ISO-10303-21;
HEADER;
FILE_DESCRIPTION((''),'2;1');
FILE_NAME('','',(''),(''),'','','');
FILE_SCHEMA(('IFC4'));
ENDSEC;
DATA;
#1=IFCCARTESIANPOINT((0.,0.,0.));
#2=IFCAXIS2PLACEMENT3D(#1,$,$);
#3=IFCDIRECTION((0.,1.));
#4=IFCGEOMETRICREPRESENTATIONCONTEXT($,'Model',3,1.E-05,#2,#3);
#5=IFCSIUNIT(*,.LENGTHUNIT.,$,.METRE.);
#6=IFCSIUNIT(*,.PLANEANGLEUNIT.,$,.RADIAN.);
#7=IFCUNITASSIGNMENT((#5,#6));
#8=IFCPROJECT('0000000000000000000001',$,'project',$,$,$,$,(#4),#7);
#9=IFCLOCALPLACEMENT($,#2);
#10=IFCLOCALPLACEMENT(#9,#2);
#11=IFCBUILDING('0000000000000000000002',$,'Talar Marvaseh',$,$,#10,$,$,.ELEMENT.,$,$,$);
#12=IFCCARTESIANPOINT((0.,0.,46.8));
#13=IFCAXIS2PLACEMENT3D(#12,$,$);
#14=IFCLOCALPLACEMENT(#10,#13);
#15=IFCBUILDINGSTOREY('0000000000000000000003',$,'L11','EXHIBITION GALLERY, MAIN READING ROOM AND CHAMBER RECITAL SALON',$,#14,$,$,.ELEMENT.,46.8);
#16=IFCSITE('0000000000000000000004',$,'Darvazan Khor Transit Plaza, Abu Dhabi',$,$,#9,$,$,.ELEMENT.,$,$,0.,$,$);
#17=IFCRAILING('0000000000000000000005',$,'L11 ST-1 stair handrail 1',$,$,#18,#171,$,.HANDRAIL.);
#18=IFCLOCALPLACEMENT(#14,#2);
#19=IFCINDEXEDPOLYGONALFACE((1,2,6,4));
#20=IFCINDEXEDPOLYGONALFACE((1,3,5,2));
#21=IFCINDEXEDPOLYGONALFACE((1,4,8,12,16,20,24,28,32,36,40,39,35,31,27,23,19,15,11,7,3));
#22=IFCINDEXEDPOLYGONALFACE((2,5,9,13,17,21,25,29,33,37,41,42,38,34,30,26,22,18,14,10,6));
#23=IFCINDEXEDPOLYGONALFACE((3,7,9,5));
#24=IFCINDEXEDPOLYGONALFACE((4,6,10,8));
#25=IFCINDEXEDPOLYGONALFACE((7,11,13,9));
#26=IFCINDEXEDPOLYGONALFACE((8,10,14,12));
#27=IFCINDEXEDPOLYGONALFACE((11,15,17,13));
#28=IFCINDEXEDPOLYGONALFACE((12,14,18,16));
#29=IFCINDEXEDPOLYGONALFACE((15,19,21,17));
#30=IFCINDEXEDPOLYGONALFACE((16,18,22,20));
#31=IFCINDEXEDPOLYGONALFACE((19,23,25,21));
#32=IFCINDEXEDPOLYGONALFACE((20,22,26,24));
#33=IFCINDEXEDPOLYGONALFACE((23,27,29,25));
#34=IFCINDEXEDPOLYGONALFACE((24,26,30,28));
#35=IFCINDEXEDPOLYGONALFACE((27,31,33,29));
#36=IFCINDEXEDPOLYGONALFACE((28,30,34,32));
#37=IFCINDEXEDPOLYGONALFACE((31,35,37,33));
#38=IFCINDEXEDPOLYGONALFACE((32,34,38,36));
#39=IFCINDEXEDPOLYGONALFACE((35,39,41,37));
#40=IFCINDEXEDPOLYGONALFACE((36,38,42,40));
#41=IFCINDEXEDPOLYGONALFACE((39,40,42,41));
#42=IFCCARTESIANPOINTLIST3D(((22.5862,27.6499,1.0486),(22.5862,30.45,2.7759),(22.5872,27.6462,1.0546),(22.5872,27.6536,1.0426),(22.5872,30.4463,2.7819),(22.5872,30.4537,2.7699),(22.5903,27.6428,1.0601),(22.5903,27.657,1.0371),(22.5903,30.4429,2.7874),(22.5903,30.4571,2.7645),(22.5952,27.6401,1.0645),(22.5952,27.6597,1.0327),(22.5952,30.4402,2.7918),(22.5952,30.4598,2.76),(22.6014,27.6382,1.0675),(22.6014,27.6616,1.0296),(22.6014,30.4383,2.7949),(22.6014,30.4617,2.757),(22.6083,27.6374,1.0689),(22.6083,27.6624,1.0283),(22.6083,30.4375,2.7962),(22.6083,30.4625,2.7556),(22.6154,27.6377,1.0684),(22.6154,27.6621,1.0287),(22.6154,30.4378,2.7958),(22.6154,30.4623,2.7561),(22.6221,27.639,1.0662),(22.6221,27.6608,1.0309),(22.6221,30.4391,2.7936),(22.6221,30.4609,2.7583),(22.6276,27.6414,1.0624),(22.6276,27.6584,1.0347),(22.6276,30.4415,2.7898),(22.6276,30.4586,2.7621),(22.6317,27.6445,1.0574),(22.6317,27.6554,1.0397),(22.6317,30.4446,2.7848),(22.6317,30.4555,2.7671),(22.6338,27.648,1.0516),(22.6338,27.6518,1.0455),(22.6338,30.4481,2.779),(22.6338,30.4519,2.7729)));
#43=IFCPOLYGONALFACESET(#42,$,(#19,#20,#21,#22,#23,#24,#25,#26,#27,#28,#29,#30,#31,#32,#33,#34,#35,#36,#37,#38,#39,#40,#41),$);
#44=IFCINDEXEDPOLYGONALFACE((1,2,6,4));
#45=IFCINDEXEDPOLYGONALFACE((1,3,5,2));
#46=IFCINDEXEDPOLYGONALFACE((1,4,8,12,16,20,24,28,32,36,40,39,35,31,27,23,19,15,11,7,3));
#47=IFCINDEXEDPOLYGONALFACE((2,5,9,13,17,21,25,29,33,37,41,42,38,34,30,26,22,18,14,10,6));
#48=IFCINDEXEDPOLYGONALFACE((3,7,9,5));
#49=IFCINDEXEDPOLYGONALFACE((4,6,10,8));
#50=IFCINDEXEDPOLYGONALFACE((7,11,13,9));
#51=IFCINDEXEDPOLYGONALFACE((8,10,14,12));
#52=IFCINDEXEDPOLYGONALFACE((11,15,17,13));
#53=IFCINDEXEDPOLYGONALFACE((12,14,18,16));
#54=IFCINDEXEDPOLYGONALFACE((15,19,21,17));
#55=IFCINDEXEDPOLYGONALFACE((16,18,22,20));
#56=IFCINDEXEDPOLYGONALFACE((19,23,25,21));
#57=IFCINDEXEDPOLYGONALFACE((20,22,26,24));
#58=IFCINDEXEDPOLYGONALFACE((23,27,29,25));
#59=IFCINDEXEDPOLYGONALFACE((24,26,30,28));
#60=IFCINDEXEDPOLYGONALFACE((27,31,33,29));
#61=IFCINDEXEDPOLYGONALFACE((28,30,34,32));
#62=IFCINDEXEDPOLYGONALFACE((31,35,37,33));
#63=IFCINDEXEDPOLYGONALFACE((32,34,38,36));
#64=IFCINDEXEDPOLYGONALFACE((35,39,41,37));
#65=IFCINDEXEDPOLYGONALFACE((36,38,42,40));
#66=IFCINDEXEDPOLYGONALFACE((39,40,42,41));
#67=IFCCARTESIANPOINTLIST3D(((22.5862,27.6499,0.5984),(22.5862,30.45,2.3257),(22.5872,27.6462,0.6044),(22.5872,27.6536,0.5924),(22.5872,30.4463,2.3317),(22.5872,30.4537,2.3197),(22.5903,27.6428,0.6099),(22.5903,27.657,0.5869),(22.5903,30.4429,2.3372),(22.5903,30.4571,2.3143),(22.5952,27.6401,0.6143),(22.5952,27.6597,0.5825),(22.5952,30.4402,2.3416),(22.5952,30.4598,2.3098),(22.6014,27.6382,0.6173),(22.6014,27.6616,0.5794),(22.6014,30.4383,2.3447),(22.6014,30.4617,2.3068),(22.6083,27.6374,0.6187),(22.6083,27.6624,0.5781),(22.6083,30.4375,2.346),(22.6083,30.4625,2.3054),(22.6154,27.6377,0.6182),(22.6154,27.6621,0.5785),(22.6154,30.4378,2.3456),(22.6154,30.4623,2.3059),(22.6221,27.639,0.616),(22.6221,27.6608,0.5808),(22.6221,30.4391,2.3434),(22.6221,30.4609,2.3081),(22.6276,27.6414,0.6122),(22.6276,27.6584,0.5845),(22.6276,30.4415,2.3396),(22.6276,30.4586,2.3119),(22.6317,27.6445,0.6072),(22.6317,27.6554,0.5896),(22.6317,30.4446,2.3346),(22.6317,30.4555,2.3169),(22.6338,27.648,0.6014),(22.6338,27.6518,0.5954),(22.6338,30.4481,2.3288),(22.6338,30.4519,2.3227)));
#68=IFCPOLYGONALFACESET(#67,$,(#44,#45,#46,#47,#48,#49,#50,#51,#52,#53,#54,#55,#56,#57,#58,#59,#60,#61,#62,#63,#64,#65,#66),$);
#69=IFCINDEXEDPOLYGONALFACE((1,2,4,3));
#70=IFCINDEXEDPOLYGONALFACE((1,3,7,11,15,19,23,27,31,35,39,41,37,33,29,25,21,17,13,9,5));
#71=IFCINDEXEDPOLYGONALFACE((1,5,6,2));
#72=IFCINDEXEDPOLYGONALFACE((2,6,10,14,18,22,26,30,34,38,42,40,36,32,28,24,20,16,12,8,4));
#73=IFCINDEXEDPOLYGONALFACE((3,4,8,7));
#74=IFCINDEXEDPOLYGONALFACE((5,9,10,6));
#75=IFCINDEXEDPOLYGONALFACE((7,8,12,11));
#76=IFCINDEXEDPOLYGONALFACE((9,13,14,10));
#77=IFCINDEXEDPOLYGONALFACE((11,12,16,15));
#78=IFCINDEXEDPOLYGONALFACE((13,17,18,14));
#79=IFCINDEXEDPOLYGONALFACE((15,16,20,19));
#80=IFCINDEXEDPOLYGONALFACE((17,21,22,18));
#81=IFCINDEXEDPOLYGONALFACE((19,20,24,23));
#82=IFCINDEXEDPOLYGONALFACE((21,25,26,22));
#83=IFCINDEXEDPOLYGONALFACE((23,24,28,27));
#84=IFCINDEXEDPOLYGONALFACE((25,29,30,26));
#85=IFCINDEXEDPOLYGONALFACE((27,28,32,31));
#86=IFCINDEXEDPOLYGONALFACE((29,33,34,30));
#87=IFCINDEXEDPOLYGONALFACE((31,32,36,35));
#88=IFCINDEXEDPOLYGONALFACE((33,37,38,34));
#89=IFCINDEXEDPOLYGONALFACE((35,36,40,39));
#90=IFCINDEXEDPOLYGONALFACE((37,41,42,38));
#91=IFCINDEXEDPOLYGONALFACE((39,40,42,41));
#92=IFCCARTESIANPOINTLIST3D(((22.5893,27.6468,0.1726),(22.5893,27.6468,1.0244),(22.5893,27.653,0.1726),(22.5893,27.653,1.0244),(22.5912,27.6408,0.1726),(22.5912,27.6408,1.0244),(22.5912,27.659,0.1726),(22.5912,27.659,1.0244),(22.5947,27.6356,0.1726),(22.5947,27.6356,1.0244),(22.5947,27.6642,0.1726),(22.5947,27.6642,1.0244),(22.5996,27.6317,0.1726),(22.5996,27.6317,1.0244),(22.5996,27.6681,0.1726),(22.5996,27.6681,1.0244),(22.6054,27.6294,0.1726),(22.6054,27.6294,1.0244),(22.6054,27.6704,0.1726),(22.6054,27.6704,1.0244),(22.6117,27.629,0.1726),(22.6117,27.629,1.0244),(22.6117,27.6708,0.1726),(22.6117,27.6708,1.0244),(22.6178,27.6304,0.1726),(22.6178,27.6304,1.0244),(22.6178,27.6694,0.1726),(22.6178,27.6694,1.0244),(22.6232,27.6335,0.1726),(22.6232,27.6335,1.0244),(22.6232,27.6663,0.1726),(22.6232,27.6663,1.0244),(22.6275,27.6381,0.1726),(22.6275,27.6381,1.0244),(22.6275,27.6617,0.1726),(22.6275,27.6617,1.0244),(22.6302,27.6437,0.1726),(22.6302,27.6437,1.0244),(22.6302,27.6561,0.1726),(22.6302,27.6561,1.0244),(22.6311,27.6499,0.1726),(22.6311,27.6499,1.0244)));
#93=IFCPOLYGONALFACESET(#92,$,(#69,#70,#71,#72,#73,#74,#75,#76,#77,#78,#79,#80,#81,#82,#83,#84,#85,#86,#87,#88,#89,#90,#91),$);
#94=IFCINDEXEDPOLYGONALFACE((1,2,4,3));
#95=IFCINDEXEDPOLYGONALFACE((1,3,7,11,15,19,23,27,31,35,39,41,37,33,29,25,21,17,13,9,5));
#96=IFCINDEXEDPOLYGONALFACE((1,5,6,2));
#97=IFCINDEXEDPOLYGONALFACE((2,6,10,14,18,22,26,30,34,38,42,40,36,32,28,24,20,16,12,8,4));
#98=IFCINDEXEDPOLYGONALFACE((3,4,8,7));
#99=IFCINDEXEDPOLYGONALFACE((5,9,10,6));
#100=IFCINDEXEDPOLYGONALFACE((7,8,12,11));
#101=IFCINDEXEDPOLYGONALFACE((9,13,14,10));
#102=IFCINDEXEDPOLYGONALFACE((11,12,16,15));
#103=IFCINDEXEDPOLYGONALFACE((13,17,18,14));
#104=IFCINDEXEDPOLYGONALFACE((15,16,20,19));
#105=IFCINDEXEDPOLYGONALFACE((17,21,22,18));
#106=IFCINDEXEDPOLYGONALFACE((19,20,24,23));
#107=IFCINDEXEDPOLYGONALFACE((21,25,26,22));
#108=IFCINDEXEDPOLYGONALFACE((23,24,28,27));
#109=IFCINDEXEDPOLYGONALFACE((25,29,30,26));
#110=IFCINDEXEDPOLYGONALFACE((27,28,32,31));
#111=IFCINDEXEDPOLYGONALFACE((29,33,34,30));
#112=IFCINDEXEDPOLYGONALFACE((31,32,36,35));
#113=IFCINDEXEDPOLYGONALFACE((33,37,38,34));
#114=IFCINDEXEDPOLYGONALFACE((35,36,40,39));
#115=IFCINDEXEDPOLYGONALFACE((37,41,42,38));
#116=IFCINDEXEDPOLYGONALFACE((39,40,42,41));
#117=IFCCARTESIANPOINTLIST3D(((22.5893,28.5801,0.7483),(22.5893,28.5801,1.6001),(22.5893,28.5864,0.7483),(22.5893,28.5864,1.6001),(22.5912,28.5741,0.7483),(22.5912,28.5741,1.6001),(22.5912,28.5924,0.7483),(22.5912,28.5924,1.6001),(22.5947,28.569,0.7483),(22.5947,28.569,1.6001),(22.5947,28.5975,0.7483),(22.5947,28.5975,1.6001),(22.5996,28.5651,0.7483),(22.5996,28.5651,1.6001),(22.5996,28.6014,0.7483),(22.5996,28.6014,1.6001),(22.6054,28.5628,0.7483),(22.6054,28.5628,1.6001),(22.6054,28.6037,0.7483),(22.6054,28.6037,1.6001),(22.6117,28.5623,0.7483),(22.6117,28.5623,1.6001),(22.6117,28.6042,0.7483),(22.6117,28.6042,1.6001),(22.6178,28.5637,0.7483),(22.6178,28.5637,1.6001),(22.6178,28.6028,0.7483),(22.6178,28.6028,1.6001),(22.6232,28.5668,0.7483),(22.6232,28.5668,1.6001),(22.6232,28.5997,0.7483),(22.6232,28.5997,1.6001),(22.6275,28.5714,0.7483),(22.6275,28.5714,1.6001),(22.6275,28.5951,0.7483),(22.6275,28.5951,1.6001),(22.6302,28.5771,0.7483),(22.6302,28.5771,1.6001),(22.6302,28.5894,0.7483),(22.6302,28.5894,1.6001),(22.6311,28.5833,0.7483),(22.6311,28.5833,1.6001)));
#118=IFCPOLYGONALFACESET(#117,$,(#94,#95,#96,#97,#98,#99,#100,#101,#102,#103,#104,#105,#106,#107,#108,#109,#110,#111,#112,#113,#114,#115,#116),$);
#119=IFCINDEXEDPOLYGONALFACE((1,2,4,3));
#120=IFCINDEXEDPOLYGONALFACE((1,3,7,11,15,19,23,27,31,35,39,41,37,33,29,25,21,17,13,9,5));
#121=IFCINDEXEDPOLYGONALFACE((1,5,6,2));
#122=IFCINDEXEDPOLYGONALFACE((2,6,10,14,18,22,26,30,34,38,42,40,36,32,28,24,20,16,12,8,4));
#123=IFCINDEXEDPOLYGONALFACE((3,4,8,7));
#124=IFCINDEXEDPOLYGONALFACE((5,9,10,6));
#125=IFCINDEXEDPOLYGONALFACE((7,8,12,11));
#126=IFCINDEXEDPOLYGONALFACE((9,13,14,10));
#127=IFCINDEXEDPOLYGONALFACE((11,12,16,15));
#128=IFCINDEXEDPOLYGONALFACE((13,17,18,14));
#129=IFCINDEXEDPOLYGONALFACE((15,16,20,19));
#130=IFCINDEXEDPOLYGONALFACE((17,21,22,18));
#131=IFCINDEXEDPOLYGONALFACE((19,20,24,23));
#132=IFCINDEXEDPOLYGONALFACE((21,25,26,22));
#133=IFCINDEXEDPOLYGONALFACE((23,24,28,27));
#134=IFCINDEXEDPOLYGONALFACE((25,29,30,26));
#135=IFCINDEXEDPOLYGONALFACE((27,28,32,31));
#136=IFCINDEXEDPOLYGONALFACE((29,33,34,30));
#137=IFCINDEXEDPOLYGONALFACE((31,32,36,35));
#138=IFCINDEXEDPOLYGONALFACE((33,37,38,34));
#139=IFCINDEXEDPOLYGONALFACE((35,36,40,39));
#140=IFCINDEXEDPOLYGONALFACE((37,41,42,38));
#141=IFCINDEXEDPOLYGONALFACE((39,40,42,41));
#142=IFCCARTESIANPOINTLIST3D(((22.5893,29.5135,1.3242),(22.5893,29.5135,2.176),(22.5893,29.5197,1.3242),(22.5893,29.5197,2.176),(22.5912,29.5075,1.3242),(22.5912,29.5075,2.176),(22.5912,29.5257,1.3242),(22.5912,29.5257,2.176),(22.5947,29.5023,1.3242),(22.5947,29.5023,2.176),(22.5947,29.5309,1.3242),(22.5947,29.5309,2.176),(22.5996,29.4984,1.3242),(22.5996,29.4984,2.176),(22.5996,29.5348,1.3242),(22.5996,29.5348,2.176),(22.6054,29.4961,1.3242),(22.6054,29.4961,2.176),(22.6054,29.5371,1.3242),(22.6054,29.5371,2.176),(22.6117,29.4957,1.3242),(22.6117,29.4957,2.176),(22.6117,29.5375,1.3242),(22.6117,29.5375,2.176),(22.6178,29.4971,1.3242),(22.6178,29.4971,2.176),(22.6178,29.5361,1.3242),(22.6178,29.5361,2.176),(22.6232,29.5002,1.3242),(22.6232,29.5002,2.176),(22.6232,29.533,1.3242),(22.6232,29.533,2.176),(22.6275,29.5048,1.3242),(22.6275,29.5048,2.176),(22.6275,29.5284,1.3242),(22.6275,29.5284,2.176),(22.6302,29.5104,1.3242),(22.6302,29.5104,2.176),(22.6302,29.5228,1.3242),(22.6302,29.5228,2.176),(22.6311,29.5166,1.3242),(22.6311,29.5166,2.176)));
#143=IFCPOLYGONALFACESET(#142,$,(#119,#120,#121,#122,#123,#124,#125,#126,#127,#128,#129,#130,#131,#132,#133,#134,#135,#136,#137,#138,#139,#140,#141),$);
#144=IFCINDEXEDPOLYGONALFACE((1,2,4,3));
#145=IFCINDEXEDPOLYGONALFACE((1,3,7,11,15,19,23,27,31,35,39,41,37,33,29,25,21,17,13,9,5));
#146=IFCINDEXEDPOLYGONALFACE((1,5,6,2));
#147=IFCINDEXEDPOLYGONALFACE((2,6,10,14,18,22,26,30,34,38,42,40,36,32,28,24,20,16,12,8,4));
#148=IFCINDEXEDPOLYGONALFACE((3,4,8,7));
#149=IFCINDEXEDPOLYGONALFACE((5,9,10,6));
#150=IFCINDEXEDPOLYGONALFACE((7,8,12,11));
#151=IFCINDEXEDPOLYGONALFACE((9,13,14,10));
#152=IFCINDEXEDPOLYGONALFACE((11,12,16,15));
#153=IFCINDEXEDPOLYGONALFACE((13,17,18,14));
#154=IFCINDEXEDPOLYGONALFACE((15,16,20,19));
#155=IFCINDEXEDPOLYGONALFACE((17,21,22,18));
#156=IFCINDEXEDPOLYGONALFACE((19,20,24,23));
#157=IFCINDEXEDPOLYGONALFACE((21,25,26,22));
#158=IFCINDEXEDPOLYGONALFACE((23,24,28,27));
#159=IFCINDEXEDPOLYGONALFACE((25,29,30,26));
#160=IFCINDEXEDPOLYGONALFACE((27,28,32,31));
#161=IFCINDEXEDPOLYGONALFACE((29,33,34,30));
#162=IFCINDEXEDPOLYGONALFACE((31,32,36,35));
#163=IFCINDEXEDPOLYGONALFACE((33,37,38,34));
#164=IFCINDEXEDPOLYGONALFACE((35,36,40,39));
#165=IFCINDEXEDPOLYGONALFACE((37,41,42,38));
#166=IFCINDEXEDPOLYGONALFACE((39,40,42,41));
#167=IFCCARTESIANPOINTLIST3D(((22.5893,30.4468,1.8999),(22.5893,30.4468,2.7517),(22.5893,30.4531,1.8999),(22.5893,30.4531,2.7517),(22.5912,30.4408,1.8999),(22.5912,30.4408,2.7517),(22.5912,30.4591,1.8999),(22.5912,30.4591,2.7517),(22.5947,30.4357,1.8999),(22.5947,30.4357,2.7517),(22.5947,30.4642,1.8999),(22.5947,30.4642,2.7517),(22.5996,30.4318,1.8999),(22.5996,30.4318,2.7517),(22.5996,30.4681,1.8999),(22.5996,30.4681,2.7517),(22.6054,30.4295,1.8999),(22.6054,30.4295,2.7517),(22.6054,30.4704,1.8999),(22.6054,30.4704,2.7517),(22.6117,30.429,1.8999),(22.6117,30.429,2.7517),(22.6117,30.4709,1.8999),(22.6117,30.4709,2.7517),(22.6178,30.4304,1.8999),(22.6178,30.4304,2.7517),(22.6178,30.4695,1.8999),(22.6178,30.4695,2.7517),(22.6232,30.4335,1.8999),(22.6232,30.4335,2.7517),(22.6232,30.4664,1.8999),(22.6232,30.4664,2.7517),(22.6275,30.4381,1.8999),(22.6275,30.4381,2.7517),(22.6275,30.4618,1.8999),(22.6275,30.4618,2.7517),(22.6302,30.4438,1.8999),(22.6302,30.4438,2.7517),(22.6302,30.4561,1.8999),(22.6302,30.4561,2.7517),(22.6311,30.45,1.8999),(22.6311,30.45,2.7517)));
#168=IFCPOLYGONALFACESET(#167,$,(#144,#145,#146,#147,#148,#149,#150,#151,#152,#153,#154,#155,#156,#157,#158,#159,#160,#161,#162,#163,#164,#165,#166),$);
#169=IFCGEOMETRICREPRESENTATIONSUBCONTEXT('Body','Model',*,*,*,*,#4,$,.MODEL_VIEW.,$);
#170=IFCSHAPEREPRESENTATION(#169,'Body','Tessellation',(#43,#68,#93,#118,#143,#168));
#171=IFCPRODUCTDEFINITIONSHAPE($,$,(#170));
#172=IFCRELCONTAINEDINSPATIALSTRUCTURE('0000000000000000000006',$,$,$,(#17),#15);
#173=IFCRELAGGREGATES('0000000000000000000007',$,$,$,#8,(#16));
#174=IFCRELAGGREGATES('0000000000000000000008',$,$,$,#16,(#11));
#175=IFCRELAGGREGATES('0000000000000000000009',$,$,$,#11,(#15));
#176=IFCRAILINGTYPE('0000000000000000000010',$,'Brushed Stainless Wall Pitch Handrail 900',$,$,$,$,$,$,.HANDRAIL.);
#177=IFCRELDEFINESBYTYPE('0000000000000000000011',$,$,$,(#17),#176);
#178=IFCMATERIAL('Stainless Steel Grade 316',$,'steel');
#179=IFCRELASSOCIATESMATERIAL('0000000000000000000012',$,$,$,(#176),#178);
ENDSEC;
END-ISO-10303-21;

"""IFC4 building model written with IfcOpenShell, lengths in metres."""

from ifc_helpers import new_model, si_unit, direction, frame, origin, origin_2d, place, context, subcontext, project, spatial, circle, extrude, material, type_object, element, save


model = new_model("IFC4")

# Units and contexts
model_context = context("Model", 3, precision=1e-05, world=origin(), true_north=direction((0.0, 1.0)))
body_context = subcontext(model_context, "Body", "Model", "MODEL_VIEW")
ifc_project = project(units=[si_unit("LENGTHUNIT", "METRE"), si_unit("PLANEANGLEUNIT", "RADIAN")], contexts=[model_context])

# Site, building, storey
site_placement = place(None, origin())
site = spatial("IfcSite", under=ifc_project, at=site_placement, Name="Darvazan Khor Transit Plaza, Abu Dhabi", CompositionType="ELEMENT", RefElevation=0.0)
building_placement = place(site_placement, origin())
building = spatial("IfcBuilding", under=site, at=building_placement, Name="Talar Marvaseh", CompositionType="ELEMENT")
storey_placement = place(building_placement, frame((0.0, 0.0, 46.8)))
storey = spatial("IfcBuildingStorey", under=building, at=storey_placement, Name="L11", Description="EXHIBITION GALLERY, MAIN READING ROOM AND CHAMBER RECITAL SALON", CompositionType="ELEMENT", Elevation=46.8)

# Railing
ifc_material_1 = material(Name="Stainless Steel Grade 316", Category="steel")
railing_type_1 = type_object("IfcRailingType", Name="Brushed Stainless Wall Pitch Handrail 900", PredefinedType="HANDRAIL", material=ifc_material_1)
railing_1_placement = place(storey_placement, frame((22.6101, 27.6499, 0.1726)))
element("IfcRailing", 1, at=railing_1_placement, inside=storey, type_object=railing_type_1, Name="L11 ST-1 stair handrail 1", PredefinedType="HANDRAIL", context=body_context, shape_type="SweptSolid", body=[
    extrude(circle(Radius=0.0239, at=origin_2d()), frame((0.0, 0.0, 0.876), z_axis=(0.0, 0.85109, 0.52502), x_axis=(-1.0, 0.0, 0.0)), (0.0, 0.0, 1.0), 3.29),
    extrude(circle(Radius=0.0239, at=origin_2d()), frame((0.0, 0.0, 0.4258), z_axis=(0.0, 0.85109, 0.52502), x_axis=(-1.0, 0.0, 0.0)), (0.0, 0.0, 1.0), 3.29),
    extrude(circle(Radius=0.021, at=origin_2d()), origin(), (0.0, 0.0, 1.0), 0.8518),
    extrude(circle(Radius=0.021, at=origin_2d()), frame((0.0, 0.9333, 0.5757)), (0.0, 0.0, 1.0), 0.8518),
    extrude(circle(Radius=0.021, at=origin_2d()), frame((0.0, 1.8667, 1.1516)), (0.0, 0.0, 1.0), 0.8518),
    extrude(circle(Radius=0.021, at=origin_2d()), frame((0.0, 2.8, 1.7273)), (0.0, 0.0, 1.0), 0.8518),
])

save(model, "model.ifc")
